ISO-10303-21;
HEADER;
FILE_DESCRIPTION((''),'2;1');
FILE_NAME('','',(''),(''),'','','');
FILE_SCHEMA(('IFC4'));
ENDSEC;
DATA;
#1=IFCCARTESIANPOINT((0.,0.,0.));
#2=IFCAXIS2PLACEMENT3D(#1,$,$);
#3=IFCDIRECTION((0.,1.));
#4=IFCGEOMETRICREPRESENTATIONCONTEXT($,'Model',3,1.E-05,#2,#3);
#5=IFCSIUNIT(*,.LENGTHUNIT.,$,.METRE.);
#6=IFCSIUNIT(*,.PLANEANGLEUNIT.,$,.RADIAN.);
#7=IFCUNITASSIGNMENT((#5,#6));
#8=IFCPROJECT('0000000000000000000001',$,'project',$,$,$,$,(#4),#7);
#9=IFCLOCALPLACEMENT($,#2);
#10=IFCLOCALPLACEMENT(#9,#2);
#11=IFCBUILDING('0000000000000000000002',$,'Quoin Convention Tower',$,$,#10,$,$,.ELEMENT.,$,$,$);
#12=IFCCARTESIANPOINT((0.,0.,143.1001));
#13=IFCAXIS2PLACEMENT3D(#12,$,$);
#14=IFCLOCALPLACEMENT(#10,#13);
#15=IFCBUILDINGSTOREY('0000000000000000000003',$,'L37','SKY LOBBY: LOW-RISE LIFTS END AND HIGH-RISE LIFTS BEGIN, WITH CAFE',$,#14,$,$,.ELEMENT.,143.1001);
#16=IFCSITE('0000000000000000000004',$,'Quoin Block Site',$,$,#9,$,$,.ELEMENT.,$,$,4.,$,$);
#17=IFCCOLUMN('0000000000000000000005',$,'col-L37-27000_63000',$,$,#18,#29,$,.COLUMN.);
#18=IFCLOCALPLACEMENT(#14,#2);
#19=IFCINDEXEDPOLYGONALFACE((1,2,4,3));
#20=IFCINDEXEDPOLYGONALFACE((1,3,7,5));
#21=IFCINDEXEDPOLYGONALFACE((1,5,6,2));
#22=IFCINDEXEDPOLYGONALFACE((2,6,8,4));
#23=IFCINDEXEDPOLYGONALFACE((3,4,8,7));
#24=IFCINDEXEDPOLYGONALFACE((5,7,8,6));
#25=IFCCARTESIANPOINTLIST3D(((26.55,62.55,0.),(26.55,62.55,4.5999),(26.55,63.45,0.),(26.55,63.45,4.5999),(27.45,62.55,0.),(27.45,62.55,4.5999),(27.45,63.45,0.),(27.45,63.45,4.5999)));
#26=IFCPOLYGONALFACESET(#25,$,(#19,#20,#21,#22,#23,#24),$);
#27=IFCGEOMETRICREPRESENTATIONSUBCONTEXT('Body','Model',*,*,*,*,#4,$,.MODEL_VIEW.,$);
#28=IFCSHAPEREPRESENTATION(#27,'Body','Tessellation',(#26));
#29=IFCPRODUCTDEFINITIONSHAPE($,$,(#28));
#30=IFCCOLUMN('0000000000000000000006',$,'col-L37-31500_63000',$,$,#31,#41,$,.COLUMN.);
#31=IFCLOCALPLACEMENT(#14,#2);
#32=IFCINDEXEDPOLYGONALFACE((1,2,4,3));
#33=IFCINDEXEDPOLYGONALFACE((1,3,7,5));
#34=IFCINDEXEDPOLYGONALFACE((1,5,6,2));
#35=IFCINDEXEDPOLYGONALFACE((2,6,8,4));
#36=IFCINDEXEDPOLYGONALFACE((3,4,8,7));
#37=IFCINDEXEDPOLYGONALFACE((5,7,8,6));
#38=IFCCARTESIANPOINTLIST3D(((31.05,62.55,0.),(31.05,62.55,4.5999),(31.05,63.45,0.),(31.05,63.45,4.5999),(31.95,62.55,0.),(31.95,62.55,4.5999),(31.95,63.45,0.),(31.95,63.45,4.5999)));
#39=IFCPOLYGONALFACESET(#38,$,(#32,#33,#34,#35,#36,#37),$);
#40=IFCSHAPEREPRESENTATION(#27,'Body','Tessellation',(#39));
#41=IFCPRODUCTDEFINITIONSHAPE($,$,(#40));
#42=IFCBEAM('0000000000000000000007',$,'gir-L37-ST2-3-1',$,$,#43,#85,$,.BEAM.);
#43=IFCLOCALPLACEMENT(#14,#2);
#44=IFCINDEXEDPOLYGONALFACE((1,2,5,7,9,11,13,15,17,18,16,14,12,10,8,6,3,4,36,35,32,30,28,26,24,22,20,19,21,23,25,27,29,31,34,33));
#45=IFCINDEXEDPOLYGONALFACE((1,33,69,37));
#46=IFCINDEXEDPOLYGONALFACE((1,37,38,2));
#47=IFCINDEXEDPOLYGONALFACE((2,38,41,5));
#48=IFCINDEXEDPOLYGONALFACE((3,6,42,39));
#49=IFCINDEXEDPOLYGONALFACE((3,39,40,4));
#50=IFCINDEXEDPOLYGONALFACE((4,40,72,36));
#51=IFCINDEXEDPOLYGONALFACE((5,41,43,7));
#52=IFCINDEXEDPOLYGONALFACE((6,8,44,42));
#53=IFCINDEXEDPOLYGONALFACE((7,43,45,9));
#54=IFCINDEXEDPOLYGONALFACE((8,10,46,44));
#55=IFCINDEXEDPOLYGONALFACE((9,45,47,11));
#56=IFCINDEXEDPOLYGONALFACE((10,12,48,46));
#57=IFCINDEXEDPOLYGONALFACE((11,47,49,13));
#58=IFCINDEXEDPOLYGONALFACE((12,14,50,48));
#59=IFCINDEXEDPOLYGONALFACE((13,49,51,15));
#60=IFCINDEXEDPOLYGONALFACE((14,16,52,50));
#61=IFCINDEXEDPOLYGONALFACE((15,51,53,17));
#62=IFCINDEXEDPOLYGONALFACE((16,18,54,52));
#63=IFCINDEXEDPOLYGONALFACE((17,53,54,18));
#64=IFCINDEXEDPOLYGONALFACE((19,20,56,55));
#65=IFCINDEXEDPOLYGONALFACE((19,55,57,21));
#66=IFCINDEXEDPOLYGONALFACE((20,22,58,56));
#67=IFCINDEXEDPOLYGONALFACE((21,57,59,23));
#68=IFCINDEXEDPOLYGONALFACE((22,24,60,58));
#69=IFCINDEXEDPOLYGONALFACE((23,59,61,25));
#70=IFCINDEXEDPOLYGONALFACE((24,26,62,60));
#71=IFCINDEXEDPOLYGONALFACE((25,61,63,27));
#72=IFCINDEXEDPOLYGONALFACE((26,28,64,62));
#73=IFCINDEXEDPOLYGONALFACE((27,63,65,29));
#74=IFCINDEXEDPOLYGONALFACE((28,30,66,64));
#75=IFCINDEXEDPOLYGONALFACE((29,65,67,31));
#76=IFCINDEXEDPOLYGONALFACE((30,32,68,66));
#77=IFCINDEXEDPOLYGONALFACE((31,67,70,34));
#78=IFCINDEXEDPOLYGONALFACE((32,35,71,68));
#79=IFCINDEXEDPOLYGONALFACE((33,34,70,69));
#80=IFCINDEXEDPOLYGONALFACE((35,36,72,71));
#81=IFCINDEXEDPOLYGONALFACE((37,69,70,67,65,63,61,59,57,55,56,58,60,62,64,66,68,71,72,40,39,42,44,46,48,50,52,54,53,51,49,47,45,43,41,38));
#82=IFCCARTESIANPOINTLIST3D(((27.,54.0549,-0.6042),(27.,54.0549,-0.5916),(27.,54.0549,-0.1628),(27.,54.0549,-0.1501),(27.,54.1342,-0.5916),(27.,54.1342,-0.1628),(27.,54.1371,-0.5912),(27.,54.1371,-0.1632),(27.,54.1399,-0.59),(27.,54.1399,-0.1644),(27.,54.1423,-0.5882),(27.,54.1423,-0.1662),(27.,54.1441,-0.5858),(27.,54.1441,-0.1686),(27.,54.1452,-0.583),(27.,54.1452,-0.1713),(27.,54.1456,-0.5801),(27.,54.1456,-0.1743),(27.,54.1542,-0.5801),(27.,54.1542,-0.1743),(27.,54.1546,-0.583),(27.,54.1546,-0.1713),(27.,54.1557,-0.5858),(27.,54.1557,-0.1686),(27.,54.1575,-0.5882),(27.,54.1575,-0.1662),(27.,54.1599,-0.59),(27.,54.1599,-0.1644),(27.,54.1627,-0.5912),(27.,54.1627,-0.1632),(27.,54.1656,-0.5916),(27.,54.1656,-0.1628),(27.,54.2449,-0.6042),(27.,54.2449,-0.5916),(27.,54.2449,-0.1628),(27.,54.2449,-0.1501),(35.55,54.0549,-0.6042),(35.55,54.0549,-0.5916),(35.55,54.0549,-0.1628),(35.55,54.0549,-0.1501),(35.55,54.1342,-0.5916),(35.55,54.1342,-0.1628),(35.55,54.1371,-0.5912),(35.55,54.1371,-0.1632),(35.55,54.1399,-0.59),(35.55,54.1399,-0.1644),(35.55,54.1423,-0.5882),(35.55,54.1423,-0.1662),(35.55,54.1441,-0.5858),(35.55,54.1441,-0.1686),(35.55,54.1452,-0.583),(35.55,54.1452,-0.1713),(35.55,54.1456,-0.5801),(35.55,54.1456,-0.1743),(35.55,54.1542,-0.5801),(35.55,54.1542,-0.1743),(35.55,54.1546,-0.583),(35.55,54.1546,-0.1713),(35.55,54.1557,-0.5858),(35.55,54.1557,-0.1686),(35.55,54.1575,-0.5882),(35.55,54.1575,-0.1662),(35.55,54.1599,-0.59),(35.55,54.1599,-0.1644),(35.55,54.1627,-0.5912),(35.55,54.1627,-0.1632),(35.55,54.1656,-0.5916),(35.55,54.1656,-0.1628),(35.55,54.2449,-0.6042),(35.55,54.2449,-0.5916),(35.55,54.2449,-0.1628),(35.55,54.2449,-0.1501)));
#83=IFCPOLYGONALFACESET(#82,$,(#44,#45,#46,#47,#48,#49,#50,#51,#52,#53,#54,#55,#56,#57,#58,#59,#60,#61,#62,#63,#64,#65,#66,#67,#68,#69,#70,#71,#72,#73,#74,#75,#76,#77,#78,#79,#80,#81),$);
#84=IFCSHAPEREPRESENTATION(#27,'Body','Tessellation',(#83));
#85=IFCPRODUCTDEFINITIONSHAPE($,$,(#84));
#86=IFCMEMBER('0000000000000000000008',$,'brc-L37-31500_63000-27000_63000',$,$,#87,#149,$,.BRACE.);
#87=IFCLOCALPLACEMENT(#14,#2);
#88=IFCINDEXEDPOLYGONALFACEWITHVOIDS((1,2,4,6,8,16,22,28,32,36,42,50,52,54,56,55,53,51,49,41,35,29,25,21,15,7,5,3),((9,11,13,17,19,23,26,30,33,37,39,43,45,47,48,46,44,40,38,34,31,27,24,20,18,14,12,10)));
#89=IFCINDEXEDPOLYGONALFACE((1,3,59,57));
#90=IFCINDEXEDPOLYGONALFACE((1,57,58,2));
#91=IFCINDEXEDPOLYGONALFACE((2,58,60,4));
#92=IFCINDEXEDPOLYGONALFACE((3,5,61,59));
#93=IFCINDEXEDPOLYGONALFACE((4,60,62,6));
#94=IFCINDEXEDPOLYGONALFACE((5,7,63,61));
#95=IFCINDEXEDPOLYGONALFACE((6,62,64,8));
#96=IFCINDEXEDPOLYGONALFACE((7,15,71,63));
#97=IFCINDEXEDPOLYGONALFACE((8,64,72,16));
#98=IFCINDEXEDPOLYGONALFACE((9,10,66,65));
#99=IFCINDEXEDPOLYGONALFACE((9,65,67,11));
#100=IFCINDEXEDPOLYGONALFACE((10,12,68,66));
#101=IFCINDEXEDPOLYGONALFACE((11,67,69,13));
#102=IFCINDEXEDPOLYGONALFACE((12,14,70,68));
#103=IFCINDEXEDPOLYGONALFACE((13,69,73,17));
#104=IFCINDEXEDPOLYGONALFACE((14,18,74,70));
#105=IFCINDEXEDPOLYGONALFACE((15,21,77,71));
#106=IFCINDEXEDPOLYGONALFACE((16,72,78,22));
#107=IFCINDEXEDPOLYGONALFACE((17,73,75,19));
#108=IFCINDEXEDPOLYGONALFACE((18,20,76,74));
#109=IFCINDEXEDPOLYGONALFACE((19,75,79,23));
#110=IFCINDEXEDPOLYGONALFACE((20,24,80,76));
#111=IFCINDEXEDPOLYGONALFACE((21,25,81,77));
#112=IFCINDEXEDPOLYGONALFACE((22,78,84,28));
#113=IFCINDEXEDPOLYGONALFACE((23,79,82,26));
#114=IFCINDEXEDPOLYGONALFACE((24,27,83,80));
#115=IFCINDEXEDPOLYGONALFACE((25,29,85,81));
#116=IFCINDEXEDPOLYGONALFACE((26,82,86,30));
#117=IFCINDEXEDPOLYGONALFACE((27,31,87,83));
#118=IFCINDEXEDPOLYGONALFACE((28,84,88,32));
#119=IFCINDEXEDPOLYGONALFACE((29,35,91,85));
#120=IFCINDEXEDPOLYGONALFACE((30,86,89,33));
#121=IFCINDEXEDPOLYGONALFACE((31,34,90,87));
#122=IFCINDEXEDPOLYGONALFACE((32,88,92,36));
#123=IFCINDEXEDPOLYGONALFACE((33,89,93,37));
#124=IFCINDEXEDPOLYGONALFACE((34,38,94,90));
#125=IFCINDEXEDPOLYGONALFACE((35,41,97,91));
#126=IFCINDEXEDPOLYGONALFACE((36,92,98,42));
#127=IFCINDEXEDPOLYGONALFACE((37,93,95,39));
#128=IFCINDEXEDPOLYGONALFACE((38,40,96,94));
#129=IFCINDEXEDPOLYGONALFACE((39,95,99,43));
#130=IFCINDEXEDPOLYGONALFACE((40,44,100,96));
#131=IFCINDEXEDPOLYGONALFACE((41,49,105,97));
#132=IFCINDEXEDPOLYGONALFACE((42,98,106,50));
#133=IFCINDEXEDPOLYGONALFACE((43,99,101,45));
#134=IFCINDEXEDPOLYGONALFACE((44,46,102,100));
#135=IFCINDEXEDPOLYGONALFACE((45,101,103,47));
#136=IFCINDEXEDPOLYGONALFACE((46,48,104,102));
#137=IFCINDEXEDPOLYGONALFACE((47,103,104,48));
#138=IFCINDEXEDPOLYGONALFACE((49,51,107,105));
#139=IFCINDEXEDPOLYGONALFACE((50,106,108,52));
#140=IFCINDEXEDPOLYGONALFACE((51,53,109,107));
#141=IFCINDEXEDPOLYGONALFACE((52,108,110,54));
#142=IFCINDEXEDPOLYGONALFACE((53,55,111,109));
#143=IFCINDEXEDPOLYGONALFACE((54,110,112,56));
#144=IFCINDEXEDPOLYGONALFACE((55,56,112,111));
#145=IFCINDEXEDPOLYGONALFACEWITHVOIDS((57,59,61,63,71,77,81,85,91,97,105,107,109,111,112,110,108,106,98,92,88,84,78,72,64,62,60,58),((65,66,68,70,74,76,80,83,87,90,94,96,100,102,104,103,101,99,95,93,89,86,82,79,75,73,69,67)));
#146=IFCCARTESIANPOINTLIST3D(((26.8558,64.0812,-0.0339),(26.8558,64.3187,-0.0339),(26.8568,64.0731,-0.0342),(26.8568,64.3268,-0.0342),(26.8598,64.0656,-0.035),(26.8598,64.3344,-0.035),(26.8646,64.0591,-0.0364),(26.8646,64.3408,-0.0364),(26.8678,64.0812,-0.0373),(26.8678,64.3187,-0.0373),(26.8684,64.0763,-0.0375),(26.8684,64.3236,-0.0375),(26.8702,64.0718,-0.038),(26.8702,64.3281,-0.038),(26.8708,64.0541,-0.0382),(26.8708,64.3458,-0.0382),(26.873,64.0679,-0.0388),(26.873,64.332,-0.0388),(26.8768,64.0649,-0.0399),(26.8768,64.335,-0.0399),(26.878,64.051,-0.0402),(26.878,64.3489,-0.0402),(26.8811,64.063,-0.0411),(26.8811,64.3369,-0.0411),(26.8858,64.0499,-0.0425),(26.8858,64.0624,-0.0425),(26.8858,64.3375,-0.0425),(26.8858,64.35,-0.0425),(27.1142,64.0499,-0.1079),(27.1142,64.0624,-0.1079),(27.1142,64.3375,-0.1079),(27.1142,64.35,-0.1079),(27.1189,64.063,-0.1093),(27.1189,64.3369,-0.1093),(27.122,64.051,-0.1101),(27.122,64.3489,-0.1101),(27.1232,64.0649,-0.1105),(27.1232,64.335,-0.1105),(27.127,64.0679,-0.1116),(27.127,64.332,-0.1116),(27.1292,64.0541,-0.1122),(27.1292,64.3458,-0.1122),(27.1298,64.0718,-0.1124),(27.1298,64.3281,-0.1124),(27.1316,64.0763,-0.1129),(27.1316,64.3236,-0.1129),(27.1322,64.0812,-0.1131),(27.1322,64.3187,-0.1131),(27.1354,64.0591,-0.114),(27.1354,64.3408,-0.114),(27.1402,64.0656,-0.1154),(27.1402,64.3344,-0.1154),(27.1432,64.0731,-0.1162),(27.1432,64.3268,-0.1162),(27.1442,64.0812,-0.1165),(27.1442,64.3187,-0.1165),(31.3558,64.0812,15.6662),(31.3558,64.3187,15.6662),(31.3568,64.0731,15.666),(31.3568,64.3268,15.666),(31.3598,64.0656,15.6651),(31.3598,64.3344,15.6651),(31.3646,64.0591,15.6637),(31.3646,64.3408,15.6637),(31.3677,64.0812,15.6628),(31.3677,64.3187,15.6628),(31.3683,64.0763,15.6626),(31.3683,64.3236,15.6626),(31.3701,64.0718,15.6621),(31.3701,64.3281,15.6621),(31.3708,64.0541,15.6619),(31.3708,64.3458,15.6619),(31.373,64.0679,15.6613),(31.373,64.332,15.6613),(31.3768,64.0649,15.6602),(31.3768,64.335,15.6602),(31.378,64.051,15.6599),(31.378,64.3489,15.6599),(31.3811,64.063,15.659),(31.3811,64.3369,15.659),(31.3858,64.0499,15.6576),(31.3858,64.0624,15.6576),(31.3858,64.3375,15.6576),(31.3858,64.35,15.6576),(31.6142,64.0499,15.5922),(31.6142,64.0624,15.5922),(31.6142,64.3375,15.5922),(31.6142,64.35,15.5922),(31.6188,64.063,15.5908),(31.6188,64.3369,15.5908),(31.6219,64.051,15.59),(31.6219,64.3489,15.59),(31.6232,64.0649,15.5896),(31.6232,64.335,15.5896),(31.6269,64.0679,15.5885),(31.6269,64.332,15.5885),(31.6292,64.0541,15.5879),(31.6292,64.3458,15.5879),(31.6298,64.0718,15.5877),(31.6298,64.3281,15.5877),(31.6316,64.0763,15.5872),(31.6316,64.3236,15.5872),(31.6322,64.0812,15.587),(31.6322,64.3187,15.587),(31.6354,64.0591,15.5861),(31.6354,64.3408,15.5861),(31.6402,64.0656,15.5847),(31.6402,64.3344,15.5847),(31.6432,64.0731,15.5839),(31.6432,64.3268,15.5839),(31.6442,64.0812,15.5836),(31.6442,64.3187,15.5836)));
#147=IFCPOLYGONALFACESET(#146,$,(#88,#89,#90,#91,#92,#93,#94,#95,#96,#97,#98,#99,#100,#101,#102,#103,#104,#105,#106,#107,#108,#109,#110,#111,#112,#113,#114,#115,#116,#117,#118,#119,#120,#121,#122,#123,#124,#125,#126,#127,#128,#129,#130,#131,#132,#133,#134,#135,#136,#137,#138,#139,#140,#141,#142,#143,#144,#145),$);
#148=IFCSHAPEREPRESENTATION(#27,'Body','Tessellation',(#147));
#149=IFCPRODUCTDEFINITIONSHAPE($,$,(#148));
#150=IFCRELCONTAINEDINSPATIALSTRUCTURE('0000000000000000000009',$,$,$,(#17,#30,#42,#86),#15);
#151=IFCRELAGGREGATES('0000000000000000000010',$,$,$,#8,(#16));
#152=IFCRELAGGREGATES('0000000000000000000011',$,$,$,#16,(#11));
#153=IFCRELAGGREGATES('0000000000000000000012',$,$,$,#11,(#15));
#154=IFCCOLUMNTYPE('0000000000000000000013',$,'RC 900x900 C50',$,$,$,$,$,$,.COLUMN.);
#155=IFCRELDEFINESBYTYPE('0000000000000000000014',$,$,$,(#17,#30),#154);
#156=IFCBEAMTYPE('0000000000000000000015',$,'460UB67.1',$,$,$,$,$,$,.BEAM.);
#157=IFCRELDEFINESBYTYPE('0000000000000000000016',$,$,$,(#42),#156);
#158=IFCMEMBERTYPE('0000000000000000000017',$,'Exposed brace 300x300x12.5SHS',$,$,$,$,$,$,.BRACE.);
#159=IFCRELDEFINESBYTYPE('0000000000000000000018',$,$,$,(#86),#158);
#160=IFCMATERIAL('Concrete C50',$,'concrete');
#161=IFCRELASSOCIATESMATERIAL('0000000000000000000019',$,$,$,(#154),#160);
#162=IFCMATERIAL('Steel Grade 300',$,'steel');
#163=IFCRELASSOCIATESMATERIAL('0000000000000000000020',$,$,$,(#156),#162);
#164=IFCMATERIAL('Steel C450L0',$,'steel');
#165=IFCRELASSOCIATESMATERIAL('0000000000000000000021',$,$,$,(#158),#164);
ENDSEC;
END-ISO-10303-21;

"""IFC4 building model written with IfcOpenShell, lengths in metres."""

from ifc_helpers import new_model, si_unit, direction, frame, origin, origin_2d, place, context, subcontext, project, spatial, rectangle, hollow_rectangle, i_section, extrude, material, material_profile, profile_set, type_object, element, save


model = new_model("IFC4")

# Units and contexts
model_context = context("Model", 3, precision=1e-05, world=origin(), true_north=direction((0.0, 1.0)))
body_context = subcontext(model_context, "Body", "Model", "MODEL_VIEW")
ifc_project = project(units=[si_unit("LENGTHUNIT", "METRE"), si_unit("PLANEANGLEUNIT", "RADIAN")], contexts=[model_context])

# Site, building, storey
site_placement = place(None, origin())
site = spatial("IfcSite", under=ifc_project, at=site_placement, Name="Quoin Block Site", CompositionType="ELEMENT", RefElevation=4.0)
building_placement = place(site_placement, origin())
building = spatial("IfcBuilding", under=site, at=building_placement, Name="Quoin Convention Tower", CompositionType="ELEMENT")
storey_placement = place(building_placement, frame((0.0, 0.0, 143.1001)))
storey = spatial("IfcBuildingStorey", under=building, at=storey_placement, Name="L37", Description="SKY LOBBY: LOW-RISE LIFTS END AND HIGH-RISE LIFTS BEGIN, WITH CAFE", CompositionType="ELEMENT", Elevation=143.1001)

# Columns
ifc_material_1 = material(Name="Concrete C50", Category="concrete")
ifc_material_profile_1 = material_profile(ifc_material_1, rectangle(XDim=0.8999, YDim=0.8999, at=origin_2d()), Name="RC 900x900")
ifc_profile_set_1 = profile_set([ifc_material_profile_1], Name="Concrete C50")
column_type = type_object("IfcColumnType", Name="RC 900x900 C50", PredefinedType="COLUMN", material=ifc_profile_set_1)
for number, where, z_axis, x_axis, name in (
    (1, (27.0, 63.0, 0.0), (0.0, 0.0, 1.0), (1.0, 0.0, 0.0), "col-L37-27000_63000"),
    (2, (31.5, 63.0, 0.0), (0.0, 0.0, 1.0), (1.0, 0.0, 0.0), "col-L37-31500_63000"),
):
    element("IfcColumn", number, at=place(storey_placement, frame(where, z_axis=z_axis, x_axis=x_axis)), inside=storey, type_object=column_type, Name=name, PredefinedType="COLUMN", context=body_context, shape_type="SweptSolid", body=[
        extrude(rectangle(XDim=0.8999, YDim=0.8999, at=origin_2d()), origin(), (0.0, 0.0, 1.0), 4.5999),
    ])

# Beam
ifc_material_2 = material(Name="Steel Grade 300", Category="steel")
ifc_material_profile_2 = material_profile(ifc_material_2, i_section(OverallWidth=0.1899, OverallDepth=0.4541, WebThickness=0.0085, FlangeThickness=0.0127, FilletRadius=0.0115, at=origin_2d()), Name="460UB67.1")
ifc_profile_set_2 = profile_set([ifc_material_profile_2], Name="Steel Grade 300")
beam_type = type_object("IfcBeamType", Name="460UB67.1", PredefinedType="BEAM", material=ifc_profile_set_2)
beam_placement = place(storey_placement, frame((27.0, 54.1499, -0.3772), z_axis=(1.0, 0.0, 0.0), x_axis=(0.0, 1.0, 0.0)))
element("IfcBeam", 3, at=beam_placement, inside=storey, type_object=beam_type, Name="gir-L37-ST2-3-1", PredefinedType="BEAM", context=body_context, shape_type="SweptSolid", body=[
    extrude(i_section(OverallWidth=0.1899, OverallDepth=0.4541, WebThickness=0.0085, FlangeThickness=0.0127, FilletRadius=0.0115, at=origin_2d()), origin(), (0.0, 0.0, 1.0), 8.55),
])

# Member
ifc_material_3 = material(Name="Steel C450L0", Category="steel")
ifc_material_profile_3 = material_profile(ifc_material_3, hollow_rectangle(XDim=0.3, YDim=0.3, WallThickness=0.0125, InnerFilletRadius=0.0188, OuterFilletRadius=0.0312, at=origin_2d()), Name="300x300x12.5SHS")
ifc_profile_set_3 = profile_set([ifc_material_profile_3], Name="Steel C450L0")
member_type = type_object("IfcMemberType", Name="Exposed brace 300x300x12.5SHS", PredefinedType="BRACE", material=ifc_profile_set_3)
for number, where, z_axis, x_axis, name in (
    (4, (27.0, 64.2, -0.0752), (0.275527, 0.0, 0.961293), (0.0, 1.0, 0.0), "brc-L37-31500_63000-27000_63000"),
):
    element("IfcMember", number, at=place(storey_placement, frame(where, z_axis=z_axis, x_axis=x_axis)), inside=storey, type_object=member_type, Name=name, PredefinedType="BRACE", context=body_context, shape_type="SweptSolid", body=[
        extrude(hollow_rectangle(XDim=0.3, YDim=0.3, WallThickness=0.0125, InnerFilletRadius=0.0188, OuterFilletRadius=0.0312, at=origin_2d()), origin(), (0.0, 0.0, 1.0), 16.3323),
    ])

save(model, "model.ifc")
